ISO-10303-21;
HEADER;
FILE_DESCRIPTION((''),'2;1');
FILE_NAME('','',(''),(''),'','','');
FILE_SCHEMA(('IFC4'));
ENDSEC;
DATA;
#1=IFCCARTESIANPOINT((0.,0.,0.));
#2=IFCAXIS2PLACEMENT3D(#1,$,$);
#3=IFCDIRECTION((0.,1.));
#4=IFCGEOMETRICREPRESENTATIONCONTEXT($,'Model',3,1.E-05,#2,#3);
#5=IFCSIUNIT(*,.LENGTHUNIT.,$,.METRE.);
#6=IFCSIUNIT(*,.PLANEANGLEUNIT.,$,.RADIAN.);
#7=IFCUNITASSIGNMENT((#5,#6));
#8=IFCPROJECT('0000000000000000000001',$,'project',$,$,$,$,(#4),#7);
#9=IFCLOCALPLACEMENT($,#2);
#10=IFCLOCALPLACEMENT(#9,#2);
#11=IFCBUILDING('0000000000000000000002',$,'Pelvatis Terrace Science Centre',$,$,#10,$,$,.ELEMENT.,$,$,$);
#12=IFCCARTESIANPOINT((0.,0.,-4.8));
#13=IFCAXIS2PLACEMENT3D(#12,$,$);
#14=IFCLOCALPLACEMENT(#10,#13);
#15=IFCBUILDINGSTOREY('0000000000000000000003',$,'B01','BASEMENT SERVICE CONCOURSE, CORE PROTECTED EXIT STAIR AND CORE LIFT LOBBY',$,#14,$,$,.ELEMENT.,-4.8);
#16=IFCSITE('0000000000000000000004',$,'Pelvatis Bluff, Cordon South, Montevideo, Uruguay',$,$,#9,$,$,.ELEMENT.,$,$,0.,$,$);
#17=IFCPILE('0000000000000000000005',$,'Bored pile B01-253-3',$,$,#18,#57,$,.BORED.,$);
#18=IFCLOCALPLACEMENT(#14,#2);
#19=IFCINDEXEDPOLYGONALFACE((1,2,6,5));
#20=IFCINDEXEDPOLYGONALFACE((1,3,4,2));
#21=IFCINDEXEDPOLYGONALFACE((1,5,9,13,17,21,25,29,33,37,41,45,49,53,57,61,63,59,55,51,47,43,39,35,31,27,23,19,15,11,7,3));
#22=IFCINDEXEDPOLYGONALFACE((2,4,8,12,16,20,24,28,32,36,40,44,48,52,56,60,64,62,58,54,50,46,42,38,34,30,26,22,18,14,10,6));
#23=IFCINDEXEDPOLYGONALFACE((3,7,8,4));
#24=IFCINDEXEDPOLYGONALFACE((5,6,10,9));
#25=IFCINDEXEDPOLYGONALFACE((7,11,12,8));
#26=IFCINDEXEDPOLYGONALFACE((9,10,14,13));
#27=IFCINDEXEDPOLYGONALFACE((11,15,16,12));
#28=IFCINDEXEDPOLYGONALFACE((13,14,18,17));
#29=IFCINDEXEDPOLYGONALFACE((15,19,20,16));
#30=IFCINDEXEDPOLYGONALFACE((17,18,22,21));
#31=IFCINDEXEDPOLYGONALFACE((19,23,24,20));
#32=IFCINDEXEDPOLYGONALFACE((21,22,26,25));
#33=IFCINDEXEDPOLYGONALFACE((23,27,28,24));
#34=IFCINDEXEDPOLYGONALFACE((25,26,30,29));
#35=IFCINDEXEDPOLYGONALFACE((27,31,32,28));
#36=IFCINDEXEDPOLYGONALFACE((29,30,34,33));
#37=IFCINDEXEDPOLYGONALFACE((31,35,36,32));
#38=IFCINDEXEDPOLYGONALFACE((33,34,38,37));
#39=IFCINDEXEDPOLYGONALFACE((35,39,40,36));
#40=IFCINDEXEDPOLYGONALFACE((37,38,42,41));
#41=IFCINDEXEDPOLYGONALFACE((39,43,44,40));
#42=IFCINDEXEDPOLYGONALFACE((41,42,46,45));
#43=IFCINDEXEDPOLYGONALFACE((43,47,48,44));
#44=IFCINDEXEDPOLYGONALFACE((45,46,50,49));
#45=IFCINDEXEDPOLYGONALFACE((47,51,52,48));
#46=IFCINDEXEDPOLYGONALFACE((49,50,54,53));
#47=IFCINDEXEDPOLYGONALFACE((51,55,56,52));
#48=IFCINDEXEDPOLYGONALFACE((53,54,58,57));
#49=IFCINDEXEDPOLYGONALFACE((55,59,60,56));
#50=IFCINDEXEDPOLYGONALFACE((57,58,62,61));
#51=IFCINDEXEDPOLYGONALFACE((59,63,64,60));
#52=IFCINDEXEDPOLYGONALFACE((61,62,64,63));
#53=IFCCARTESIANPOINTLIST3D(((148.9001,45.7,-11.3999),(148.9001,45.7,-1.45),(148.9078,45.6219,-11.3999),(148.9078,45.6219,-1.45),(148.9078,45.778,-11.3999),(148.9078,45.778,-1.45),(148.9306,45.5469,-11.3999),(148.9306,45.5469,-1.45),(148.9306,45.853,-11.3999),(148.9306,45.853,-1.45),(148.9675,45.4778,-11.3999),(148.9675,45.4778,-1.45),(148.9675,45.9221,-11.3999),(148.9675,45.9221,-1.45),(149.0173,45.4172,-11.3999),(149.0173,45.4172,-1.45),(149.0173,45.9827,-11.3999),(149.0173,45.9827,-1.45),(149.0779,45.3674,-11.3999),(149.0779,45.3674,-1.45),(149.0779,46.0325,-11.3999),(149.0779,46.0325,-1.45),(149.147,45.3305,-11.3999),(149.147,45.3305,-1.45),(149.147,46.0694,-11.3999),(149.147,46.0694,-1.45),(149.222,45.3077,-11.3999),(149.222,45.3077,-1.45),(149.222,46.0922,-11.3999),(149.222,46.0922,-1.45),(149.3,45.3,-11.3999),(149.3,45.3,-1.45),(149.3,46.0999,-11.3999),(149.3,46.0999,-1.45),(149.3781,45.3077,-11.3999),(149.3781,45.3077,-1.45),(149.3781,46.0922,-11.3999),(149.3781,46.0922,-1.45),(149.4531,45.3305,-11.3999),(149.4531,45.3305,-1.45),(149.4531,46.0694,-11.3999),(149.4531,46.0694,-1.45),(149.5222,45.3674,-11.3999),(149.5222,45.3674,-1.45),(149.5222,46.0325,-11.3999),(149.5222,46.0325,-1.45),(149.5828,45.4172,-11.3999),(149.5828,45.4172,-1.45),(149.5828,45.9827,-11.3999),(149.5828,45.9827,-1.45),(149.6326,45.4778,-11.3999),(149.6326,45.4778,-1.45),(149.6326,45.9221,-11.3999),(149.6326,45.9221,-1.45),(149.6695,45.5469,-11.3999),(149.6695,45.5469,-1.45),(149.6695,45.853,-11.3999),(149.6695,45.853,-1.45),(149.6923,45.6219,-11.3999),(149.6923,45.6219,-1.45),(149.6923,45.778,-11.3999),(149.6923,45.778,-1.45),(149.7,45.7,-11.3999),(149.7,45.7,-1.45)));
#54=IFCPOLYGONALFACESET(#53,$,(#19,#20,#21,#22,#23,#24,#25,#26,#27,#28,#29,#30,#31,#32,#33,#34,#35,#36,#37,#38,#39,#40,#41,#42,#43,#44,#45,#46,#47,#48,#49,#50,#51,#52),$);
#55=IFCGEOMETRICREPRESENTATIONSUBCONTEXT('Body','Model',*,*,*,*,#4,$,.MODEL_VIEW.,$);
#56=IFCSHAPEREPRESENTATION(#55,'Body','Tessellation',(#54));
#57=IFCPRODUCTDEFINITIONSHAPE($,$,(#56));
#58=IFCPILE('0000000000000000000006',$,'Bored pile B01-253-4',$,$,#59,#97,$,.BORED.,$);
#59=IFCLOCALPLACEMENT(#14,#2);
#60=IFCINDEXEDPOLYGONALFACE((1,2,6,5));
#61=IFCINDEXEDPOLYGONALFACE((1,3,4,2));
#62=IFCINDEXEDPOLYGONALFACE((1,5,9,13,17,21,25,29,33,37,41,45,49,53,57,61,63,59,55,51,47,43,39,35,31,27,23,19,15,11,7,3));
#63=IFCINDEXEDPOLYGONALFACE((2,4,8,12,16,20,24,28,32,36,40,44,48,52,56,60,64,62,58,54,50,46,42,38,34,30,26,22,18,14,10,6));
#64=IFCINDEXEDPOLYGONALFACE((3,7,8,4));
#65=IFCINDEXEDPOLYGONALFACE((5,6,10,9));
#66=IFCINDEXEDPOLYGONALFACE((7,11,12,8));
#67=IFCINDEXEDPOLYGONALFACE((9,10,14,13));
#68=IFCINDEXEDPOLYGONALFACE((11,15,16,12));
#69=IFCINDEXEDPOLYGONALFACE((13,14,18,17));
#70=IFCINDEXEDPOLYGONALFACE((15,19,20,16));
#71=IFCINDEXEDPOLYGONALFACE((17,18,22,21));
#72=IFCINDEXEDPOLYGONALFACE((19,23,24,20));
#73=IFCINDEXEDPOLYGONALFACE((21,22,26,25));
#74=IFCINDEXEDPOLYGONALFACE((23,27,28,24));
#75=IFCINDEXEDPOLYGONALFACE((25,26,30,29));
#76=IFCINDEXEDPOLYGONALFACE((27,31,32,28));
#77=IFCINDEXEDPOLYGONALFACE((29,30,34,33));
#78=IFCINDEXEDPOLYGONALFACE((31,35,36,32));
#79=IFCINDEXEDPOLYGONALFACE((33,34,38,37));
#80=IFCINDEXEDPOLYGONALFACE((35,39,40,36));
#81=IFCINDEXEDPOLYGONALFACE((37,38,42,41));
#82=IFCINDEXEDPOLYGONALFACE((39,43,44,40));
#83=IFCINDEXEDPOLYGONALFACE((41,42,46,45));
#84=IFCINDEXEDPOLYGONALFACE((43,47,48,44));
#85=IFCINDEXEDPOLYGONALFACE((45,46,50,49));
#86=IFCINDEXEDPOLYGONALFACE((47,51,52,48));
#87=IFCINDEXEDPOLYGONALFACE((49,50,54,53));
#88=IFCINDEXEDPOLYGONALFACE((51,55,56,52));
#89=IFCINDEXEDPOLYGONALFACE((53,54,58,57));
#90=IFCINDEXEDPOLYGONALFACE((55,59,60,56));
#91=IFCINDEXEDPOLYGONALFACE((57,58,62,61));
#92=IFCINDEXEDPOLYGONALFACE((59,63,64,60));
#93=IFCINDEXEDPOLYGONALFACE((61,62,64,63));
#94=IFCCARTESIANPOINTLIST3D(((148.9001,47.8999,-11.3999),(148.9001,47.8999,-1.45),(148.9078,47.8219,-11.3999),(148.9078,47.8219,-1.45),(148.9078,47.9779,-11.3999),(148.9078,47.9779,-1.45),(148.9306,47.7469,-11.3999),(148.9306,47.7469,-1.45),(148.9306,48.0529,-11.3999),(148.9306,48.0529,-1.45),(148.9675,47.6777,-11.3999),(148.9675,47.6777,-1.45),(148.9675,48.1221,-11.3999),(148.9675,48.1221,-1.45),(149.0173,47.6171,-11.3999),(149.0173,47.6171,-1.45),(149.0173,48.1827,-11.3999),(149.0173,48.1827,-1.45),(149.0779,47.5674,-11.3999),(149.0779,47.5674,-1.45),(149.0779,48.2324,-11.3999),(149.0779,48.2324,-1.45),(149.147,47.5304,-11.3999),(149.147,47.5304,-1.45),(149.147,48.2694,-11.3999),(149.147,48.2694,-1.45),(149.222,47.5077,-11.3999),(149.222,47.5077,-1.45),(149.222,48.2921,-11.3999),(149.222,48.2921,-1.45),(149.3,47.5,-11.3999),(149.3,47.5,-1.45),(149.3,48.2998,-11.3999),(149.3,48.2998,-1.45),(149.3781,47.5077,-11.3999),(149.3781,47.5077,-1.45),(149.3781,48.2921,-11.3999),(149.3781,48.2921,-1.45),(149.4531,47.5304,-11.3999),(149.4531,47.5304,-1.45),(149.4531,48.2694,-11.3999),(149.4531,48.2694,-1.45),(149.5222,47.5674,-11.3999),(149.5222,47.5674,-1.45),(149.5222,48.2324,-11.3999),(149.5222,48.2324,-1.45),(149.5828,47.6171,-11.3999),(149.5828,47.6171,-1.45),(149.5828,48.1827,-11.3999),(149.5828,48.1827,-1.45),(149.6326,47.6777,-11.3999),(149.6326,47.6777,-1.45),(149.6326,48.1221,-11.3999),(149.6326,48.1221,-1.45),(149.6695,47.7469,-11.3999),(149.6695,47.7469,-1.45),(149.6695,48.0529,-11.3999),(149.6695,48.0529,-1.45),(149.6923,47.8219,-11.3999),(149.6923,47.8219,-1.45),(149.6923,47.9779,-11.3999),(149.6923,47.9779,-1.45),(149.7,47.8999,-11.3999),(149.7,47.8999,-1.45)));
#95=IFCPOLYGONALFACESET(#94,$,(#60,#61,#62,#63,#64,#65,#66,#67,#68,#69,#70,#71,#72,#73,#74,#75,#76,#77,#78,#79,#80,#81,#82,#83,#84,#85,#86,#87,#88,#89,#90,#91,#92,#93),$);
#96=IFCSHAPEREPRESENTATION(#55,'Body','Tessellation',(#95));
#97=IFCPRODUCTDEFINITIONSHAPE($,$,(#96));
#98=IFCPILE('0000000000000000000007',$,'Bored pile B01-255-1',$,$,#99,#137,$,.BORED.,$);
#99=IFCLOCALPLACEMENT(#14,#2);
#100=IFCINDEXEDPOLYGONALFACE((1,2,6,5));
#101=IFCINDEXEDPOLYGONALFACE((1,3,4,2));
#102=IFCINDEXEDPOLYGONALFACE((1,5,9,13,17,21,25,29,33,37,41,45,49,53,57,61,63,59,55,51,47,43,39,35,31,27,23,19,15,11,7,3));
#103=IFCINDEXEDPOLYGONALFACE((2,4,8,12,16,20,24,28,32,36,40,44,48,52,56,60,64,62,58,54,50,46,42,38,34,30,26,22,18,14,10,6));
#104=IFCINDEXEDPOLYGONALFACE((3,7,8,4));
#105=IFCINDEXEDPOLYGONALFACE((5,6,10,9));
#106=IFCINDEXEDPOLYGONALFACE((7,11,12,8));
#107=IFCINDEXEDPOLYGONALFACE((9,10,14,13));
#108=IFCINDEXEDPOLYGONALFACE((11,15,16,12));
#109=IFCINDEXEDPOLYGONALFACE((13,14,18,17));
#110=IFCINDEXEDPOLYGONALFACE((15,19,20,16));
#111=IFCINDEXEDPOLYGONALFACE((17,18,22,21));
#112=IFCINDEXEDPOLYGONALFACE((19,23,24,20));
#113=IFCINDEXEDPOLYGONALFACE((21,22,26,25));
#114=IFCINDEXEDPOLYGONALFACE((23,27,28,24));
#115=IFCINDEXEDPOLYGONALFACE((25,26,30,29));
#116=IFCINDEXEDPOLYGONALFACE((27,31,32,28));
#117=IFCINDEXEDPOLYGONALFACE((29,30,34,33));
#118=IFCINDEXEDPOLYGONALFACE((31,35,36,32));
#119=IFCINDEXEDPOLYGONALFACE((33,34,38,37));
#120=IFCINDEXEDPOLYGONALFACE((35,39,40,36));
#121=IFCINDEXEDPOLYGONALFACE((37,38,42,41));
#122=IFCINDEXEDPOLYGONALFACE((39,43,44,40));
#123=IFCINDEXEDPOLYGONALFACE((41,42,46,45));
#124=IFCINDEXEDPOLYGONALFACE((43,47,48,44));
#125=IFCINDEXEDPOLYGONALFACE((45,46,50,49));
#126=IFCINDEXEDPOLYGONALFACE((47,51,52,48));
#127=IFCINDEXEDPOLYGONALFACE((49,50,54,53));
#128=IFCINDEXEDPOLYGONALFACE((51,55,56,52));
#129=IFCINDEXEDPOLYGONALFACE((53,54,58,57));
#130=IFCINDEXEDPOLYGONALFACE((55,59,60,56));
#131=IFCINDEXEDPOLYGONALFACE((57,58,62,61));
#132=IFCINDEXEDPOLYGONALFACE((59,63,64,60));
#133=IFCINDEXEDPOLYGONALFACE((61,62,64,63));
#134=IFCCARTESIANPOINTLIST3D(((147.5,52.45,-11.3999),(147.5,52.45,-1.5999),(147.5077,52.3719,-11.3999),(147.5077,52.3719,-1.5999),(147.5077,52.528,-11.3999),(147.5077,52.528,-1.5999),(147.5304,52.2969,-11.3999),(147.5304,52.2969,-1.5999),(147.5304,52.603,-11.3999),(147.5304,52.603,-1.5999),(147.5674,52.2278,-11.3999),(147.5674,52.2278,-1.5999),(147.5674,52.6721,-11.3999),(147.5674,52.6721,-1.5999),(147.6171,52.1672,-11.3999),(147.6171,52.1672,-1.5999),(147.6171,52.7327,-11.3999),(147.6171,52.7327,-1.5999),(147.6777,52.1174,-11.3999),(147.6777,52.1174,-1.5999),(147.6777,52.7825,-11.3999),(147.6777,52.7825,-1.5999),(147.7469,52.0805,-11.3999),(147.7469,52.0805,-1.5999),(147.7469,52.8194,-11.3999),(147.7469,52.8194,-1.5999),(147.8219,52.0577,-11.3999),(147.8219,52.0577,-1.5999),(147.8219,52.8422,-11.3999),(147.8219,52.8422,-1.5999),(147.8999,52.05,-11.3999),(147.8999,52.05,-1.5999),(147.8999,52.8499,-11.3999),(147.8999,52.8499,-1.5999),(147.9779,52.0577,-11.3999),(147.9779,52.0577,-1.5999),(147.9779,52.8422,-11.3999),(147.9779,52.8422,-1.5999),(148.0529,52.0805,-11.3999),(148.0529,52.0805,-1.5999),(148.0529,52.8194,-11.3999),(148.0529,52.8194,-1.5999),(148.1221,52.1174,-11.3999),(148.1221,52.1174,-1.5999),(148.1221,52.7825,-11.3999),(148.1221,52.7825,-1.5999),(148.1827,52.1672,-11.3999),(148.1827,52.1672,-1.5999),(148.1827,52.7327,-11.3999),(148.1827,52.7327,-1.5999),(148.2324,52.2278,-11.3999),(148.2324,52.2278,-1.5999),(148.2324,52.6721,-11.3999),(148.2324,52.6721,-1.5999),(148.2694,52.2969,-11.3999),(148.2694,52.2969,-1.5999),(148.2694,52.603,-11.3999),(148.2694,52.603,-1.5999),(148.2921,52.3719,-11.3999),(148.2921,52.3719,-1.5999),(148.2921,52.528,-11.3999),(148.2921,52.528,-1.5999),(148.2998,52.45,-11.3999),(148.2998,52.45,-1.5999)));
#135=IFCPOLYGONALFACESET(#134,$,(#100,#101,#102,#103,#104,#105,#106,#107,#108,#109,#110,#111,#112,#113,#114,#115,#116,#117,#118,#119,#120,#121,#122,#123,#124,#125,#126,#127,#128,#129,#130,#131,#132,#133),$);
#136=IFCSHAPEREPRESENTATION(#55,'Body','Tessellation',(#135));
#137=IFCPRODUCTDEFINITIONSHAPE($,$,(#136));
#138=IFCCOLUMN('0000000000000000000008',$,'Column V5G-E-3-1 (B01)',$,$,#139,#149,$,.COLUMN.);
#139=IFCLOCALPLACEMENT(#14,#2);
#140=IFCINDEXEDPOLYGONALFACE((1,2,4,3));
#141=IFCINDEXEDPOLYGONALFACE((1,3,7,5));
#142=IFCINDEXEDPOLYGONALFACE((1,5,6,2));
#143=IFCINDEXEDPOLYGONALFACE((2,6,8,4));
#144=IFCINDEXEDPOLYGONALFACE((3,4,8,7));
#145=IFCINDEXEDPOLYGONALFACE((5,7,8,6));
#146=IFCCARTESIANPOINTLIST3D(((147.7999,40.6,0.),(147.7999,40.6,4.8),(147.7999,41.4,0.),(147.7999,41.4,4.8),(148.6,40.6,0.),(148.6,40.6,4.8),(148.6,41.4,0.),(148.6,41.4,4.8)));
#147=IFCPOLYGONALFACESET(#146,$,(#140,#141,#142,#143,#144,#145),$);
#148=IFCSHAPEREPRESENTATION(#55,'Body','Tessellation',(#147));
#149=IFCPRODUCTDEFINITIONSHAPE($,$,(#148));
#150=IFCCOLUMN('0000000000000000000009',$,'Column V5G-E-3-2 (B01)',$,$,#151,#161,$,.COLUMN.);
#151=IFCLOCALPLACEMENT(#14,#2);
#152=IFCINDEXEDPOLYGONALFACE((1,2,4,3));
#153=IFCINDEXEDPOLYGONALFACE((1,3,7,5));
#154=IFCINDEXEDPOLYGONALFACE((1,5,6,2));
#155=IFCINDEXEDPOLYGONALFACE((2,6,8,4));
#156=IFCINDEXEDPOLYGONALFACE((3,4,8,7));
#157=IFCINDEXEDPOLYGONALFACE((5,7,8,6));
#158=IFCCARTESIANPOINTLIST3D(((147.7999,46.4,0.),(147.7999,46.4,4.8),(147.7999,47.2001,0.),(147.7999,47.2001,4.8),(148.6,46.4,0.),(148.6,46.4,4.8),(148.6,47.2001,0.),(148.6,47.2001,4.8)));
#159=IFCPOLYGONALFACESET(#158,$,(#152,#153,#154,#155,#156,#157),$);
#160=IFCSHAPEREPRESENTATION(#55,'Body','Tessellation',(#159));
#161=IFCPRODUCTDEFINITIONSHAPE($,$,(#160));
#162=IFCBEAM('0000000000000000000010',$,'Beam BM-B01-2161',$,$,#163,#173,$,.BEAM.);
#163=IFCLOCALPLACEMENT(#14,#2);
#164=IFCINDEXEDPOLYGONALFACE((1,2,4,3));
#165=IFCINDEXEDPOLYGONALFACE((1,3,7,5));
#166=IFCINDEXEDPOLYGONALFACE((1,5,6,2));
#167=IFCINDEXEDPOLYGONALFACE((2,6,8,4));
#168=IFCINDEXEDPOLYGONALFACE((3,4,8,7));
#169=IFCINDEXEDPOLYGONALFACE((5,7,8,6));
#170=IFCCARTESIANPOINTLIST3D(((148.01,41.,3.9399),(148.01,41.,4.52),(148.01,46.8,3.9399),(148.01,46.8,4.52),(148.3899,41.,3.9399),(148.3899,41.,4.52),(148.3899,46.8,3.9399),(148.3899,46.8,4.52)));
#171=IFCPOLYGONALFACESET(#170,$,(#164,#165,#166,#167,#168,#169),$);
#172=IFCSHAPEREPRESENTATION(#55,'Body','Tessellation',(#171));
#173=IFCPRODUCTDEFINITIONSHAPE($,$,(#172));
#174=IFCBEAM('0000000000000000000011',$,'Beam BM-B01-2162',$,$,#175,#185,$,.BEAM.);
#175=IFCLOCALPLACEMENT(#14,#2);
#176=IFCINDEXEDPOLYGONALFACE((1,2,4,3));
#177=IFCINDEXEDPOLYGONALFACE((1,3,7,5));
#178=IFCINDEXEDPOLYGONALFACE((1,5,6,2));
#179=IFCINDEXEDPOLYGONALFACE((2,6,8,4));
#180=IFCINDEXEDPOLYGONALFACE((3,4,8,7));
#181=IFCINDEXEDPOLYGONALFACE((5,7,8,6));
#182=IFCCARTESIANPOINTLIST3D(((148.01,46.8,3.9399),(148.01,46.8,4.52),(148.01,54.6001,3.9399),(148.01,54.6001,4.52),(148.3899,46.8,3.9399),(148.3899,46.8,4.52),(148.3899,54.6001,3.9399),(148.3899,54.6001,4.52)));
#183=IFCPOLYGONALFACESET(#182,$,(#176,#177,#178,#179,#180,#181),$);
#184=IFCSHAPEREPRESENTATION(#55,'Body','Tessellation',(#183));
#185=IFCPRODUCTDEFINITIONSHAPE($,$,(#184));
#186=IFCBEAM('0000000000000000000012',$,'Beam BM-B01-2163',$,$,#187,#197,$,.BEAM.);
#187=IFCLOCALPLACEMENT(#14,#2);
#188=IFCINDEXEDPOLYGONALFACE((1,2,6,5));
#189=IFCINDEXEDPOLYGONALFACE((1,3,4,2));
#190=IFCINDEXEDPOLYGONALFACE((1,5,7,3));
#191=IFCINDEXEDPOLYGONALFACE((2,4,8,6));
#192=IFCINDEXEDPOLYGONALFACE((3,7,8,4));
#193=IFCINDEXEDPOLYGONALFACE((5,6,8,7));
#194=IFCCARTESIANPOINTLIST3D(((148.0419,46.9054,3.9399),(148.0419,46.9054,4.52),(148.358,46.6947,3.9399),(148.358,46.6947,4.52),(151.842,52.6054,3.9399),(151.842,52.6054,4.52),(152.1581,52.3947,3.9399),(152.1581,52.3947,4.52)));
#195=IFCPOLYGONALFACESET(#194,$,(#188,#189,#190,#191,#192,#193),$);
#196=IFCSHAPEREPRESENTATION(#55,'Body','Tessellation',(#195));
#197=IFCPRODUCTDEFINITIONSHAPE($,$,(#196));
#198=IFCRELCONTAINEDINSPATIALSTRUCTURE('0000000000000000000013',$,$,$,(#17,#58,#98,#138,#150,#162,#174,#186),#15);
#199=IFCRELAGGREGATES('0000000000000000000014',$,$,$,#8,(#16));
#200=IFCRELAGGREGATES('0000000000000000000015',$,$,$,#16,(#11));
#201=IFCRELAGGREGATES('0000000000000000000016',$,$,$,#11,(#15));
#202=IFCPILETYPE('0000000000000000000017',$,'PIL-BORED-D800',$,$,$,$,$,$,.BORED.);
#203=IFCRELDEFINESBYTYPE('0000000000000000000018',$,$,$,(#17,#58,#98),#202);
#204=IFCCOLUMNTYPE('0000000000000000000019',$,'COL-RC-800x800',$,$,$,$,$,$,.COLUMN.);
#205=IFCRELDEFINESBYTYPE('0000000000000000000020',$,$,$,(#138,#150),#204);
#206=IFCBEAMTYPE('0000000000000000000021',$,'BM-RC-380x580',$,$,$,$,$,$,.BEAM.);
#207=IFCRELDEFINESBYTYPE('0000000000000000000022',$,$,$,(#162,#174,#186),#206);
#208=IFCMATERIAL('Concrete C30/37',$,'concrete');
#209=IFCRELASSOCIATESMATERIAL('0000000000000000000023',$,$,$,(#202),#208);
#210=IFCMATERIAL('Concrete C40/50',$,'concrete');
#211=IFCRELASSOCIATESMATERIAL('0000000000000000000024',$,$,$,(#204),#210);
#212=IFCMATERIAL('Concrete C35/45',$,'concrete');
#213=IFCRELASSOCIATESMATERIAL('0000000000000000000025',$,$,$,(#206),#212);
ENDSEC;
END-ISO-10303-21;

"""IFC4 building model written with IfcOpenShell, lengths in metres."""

from ifc_helpers import new_model, si_unit, direction, frame, origin, origin_2d, place, context, subcontext, project, spatial, rectangle, circle, extrude, material, material_profile, profile_set, type_object, element, save


model = new_model("IFC4")

# Units and contexts
model_context = context("Model", 3, precision=1e-05, world=origin(), true_north=direction((0.0, 1.0)))
body_context = subcontext(model_context, "Body", "Model", "MODEL_VIEW")
ifc_project = project(units=[si_unit("LENGTHUNIT", "METRE"), si_unit("PLANEANGLEUNIT", "RADIAN")], contexts=[model_context])

# Site, building, storey
site_placement = place(None, origin())
site = spatial("IfcSite", under=ifc_project, at=site_placement, Name="Pelvatis Bluff, Cordon South, Montevideo, Uruguay", CompositionType="ELEMENT", RefElevation=0.0)
building_placement = place(site_placement, origin())
building = spatial("IfcBuilding", under=site, at=building_placement, Name="Pelvatis Terrace Science Centre", CompositionType="ELEMENT")
storey_placement = place(building_placement, frame((0.0, 0.0, -4.8)))
storey = spatial("IfcBuildingStorey", under=building, at=storey_placement, Name="B01", Description="BASEMENT SERVICE CONCOURSE, CORE PROTECTED EXIT STAIR AND CORE LIFT LOBBY", CompositionType="ELEMENT", Elevation=-4.8)

# Piles
ifc_material_1 = material(Name="Concrete C30/37", Category="concrete")
ifc_material_profile_1 = material_profile(ifc_material_1, circle(Radius=0.3999, at=origin_2d()), Name="PILE D800")
ifc_profile_set_1 = profile_set([ifc_material_profile_1], Name="Concrete C30/37")
pile_type = type_object("IfcPileType", Name="PIL-BORED-D800", PredefinedType="BORED", material=ifc_profile_set_1)
for number, where, z_axis, x_axis, name in (
    (1, (149.3, 45.7, -1.45), (0.0, 0.0, -1.0), (1.0, 0.0, 0.0), "Bored pile B01-253-3"),
    (2, (149.3, 47.8999, -1.45), (0.0, 0.0, -1.0), (1.0, 0.0, 0.0), "Bored pile B01-253-4"),
):
    element("IfcPile", number, at=place(storey_placement, frame(where, z_axis=z_axis, x_axis=x_axis)), inside=storey, type_object=pile_type, Name=name, PredefinedType="BORED", context=body_context, shape_type="SweptSolid", body=[
        extrude(circle(Radius=0.3999, at=origin_2d()), origin(), (0.0, 0.0, 1.0), 9.95),
    ])
pile_placement = place(storey_placement, frame((147.8999, 52.45, -1.5999), z_axis=(0.0, 0.0, -1.0), x_axis=(1.0, 0.0, 0.0)))
element("IfcPile", 3, at=pile_placement, inside=storey, type_object=pile_type, Name="Bored pile B01-255-1", PredefinedType="BORED", context=body_context, shape_type="SweptSolid", body=[
    extrude(circle(Radius=0.3999, at=origin_2d()), origin(), (0.0, 0.0, 1.0), 9.8),
])

# Columns
ifc_material_2 = material(Name="Concrete C40/50", Category="concrete")
ifc_material_profile_2 = material_profile(ifc_material_2, rectangle(XDim=0.8, YDim=0.8, at=origin_2d()), Name="RC-COL 800x800")
ifc_profile_set_2 = profile_set([ifc_material_profile_2], Name="Concrete C40/50")
column_type = type_object("IfcColumnType", Name="COL-RC-800x800", PredefinedType="COLUMN", material=ifc_profile_set_2)
for number, where, z_axis, x_axis, name in (
    (4, (148.2, 41.0, 0.0), (0.0, 0.0, 1.0), (1.0, 0.0, 0.0), "Column V5G-E-3-1 (B01)"),
    (5, (148.2, 46.8, 0.0), (0.0, 0.0, 1.0), (1.0, 0.0, 0.0), "Column V5G-E-3-2 (B01)"),
):
    element("IfcColumn", number, at=place(storey_placement, frame(where, z_axis=z_axis, x_axis=x_axis)), inside=storey, type_object=column_type, Name=name, PredefinedType="COLUMN", context=body_context, shape_type="SweptSolid", body=[
        extrude(rectangle(XDim=0.8, YDim=0.8, at=origin_2d()), origin(), (0.0, 0.0, 1.0), 4.8),
    ])

# Beams
ifc_material_3 = material(Name="Concrete C35/45", Category="concrete")
ifc_material_profile_3 = material_profile(ifc_material_3, rectangle(XDim=0.3799, YDim=0.5801, at=origin_2d()), Name="RC-BM 380x580")
ifc_profile_set_3 = profile_set([ifc_material_profile_3], Name="Concrete C35/45")
beam_type_1 = type_object("IfcBeamType", Name="BM-RC-380x580", PredefinedType="BEAM", material=ifc_profile_set_3)
beam_1_placement = place(storey_placement, frame((148.2, 41.0, 4.23), z_axis=(0.0, 1.0, 0.0), x_axis=(-1.0, 0.0, 0.0)))
element("IfcBeam", 6, at=beam_1_placement, inside=storey, type_object=beam_type_1, Name="Beam BM-B01-2161", PredefinedType="BEAM", context=body_context, shape_type="SweptSolid", body=[
    extrude(rectangle(XDim=0.3799, YDim=0.5801, at=origin_2d()), origin(), (0.0, 0.0, 1.0), 5.8),
])
beam_2_placement = place(storey_placement, frame((148.2, 46.8, 4.23), z_axis=(0.0, 1.0, 0.0), x_axis=(-1.0, 0.0, 0.0)))
element("IfcBeam", 7, at=beam_2_placement, inside=storey, type_object=beam_type_1, Name="Beam BM-B01-2162", PredefinedType="BEAM", context=body_context, shape_type="SweptSolid", body=[
    extrude(rectangle(XDim=0.3799, YDim=0.5801, at=origin_2d()), origin(), (0.0, 0.0, 1.0), 7.8),
])
beam_3_placement = place(storey_placement, frame((148.2, 46.8, 4.23), z_axis=(0.554708, 0.832045, 0.0), x_axis=(-0.832045, 0.554708, 0.0)))
element("IfcBeam", 8, at=beam_3_placement, inside=storey, type_object=beam_type_1, Name="Beam BM-B01-2163", PredefinedType="BEAM", context=body_context, shape_type="SweptSolid", body=[
    extrude(rectangle(XDim=0.3799, YDim=0.5801, at=origin_2d()), origin(), (0.0, 0.0, 1.0), 6.8506),
])

save(model, "model.ifc")
